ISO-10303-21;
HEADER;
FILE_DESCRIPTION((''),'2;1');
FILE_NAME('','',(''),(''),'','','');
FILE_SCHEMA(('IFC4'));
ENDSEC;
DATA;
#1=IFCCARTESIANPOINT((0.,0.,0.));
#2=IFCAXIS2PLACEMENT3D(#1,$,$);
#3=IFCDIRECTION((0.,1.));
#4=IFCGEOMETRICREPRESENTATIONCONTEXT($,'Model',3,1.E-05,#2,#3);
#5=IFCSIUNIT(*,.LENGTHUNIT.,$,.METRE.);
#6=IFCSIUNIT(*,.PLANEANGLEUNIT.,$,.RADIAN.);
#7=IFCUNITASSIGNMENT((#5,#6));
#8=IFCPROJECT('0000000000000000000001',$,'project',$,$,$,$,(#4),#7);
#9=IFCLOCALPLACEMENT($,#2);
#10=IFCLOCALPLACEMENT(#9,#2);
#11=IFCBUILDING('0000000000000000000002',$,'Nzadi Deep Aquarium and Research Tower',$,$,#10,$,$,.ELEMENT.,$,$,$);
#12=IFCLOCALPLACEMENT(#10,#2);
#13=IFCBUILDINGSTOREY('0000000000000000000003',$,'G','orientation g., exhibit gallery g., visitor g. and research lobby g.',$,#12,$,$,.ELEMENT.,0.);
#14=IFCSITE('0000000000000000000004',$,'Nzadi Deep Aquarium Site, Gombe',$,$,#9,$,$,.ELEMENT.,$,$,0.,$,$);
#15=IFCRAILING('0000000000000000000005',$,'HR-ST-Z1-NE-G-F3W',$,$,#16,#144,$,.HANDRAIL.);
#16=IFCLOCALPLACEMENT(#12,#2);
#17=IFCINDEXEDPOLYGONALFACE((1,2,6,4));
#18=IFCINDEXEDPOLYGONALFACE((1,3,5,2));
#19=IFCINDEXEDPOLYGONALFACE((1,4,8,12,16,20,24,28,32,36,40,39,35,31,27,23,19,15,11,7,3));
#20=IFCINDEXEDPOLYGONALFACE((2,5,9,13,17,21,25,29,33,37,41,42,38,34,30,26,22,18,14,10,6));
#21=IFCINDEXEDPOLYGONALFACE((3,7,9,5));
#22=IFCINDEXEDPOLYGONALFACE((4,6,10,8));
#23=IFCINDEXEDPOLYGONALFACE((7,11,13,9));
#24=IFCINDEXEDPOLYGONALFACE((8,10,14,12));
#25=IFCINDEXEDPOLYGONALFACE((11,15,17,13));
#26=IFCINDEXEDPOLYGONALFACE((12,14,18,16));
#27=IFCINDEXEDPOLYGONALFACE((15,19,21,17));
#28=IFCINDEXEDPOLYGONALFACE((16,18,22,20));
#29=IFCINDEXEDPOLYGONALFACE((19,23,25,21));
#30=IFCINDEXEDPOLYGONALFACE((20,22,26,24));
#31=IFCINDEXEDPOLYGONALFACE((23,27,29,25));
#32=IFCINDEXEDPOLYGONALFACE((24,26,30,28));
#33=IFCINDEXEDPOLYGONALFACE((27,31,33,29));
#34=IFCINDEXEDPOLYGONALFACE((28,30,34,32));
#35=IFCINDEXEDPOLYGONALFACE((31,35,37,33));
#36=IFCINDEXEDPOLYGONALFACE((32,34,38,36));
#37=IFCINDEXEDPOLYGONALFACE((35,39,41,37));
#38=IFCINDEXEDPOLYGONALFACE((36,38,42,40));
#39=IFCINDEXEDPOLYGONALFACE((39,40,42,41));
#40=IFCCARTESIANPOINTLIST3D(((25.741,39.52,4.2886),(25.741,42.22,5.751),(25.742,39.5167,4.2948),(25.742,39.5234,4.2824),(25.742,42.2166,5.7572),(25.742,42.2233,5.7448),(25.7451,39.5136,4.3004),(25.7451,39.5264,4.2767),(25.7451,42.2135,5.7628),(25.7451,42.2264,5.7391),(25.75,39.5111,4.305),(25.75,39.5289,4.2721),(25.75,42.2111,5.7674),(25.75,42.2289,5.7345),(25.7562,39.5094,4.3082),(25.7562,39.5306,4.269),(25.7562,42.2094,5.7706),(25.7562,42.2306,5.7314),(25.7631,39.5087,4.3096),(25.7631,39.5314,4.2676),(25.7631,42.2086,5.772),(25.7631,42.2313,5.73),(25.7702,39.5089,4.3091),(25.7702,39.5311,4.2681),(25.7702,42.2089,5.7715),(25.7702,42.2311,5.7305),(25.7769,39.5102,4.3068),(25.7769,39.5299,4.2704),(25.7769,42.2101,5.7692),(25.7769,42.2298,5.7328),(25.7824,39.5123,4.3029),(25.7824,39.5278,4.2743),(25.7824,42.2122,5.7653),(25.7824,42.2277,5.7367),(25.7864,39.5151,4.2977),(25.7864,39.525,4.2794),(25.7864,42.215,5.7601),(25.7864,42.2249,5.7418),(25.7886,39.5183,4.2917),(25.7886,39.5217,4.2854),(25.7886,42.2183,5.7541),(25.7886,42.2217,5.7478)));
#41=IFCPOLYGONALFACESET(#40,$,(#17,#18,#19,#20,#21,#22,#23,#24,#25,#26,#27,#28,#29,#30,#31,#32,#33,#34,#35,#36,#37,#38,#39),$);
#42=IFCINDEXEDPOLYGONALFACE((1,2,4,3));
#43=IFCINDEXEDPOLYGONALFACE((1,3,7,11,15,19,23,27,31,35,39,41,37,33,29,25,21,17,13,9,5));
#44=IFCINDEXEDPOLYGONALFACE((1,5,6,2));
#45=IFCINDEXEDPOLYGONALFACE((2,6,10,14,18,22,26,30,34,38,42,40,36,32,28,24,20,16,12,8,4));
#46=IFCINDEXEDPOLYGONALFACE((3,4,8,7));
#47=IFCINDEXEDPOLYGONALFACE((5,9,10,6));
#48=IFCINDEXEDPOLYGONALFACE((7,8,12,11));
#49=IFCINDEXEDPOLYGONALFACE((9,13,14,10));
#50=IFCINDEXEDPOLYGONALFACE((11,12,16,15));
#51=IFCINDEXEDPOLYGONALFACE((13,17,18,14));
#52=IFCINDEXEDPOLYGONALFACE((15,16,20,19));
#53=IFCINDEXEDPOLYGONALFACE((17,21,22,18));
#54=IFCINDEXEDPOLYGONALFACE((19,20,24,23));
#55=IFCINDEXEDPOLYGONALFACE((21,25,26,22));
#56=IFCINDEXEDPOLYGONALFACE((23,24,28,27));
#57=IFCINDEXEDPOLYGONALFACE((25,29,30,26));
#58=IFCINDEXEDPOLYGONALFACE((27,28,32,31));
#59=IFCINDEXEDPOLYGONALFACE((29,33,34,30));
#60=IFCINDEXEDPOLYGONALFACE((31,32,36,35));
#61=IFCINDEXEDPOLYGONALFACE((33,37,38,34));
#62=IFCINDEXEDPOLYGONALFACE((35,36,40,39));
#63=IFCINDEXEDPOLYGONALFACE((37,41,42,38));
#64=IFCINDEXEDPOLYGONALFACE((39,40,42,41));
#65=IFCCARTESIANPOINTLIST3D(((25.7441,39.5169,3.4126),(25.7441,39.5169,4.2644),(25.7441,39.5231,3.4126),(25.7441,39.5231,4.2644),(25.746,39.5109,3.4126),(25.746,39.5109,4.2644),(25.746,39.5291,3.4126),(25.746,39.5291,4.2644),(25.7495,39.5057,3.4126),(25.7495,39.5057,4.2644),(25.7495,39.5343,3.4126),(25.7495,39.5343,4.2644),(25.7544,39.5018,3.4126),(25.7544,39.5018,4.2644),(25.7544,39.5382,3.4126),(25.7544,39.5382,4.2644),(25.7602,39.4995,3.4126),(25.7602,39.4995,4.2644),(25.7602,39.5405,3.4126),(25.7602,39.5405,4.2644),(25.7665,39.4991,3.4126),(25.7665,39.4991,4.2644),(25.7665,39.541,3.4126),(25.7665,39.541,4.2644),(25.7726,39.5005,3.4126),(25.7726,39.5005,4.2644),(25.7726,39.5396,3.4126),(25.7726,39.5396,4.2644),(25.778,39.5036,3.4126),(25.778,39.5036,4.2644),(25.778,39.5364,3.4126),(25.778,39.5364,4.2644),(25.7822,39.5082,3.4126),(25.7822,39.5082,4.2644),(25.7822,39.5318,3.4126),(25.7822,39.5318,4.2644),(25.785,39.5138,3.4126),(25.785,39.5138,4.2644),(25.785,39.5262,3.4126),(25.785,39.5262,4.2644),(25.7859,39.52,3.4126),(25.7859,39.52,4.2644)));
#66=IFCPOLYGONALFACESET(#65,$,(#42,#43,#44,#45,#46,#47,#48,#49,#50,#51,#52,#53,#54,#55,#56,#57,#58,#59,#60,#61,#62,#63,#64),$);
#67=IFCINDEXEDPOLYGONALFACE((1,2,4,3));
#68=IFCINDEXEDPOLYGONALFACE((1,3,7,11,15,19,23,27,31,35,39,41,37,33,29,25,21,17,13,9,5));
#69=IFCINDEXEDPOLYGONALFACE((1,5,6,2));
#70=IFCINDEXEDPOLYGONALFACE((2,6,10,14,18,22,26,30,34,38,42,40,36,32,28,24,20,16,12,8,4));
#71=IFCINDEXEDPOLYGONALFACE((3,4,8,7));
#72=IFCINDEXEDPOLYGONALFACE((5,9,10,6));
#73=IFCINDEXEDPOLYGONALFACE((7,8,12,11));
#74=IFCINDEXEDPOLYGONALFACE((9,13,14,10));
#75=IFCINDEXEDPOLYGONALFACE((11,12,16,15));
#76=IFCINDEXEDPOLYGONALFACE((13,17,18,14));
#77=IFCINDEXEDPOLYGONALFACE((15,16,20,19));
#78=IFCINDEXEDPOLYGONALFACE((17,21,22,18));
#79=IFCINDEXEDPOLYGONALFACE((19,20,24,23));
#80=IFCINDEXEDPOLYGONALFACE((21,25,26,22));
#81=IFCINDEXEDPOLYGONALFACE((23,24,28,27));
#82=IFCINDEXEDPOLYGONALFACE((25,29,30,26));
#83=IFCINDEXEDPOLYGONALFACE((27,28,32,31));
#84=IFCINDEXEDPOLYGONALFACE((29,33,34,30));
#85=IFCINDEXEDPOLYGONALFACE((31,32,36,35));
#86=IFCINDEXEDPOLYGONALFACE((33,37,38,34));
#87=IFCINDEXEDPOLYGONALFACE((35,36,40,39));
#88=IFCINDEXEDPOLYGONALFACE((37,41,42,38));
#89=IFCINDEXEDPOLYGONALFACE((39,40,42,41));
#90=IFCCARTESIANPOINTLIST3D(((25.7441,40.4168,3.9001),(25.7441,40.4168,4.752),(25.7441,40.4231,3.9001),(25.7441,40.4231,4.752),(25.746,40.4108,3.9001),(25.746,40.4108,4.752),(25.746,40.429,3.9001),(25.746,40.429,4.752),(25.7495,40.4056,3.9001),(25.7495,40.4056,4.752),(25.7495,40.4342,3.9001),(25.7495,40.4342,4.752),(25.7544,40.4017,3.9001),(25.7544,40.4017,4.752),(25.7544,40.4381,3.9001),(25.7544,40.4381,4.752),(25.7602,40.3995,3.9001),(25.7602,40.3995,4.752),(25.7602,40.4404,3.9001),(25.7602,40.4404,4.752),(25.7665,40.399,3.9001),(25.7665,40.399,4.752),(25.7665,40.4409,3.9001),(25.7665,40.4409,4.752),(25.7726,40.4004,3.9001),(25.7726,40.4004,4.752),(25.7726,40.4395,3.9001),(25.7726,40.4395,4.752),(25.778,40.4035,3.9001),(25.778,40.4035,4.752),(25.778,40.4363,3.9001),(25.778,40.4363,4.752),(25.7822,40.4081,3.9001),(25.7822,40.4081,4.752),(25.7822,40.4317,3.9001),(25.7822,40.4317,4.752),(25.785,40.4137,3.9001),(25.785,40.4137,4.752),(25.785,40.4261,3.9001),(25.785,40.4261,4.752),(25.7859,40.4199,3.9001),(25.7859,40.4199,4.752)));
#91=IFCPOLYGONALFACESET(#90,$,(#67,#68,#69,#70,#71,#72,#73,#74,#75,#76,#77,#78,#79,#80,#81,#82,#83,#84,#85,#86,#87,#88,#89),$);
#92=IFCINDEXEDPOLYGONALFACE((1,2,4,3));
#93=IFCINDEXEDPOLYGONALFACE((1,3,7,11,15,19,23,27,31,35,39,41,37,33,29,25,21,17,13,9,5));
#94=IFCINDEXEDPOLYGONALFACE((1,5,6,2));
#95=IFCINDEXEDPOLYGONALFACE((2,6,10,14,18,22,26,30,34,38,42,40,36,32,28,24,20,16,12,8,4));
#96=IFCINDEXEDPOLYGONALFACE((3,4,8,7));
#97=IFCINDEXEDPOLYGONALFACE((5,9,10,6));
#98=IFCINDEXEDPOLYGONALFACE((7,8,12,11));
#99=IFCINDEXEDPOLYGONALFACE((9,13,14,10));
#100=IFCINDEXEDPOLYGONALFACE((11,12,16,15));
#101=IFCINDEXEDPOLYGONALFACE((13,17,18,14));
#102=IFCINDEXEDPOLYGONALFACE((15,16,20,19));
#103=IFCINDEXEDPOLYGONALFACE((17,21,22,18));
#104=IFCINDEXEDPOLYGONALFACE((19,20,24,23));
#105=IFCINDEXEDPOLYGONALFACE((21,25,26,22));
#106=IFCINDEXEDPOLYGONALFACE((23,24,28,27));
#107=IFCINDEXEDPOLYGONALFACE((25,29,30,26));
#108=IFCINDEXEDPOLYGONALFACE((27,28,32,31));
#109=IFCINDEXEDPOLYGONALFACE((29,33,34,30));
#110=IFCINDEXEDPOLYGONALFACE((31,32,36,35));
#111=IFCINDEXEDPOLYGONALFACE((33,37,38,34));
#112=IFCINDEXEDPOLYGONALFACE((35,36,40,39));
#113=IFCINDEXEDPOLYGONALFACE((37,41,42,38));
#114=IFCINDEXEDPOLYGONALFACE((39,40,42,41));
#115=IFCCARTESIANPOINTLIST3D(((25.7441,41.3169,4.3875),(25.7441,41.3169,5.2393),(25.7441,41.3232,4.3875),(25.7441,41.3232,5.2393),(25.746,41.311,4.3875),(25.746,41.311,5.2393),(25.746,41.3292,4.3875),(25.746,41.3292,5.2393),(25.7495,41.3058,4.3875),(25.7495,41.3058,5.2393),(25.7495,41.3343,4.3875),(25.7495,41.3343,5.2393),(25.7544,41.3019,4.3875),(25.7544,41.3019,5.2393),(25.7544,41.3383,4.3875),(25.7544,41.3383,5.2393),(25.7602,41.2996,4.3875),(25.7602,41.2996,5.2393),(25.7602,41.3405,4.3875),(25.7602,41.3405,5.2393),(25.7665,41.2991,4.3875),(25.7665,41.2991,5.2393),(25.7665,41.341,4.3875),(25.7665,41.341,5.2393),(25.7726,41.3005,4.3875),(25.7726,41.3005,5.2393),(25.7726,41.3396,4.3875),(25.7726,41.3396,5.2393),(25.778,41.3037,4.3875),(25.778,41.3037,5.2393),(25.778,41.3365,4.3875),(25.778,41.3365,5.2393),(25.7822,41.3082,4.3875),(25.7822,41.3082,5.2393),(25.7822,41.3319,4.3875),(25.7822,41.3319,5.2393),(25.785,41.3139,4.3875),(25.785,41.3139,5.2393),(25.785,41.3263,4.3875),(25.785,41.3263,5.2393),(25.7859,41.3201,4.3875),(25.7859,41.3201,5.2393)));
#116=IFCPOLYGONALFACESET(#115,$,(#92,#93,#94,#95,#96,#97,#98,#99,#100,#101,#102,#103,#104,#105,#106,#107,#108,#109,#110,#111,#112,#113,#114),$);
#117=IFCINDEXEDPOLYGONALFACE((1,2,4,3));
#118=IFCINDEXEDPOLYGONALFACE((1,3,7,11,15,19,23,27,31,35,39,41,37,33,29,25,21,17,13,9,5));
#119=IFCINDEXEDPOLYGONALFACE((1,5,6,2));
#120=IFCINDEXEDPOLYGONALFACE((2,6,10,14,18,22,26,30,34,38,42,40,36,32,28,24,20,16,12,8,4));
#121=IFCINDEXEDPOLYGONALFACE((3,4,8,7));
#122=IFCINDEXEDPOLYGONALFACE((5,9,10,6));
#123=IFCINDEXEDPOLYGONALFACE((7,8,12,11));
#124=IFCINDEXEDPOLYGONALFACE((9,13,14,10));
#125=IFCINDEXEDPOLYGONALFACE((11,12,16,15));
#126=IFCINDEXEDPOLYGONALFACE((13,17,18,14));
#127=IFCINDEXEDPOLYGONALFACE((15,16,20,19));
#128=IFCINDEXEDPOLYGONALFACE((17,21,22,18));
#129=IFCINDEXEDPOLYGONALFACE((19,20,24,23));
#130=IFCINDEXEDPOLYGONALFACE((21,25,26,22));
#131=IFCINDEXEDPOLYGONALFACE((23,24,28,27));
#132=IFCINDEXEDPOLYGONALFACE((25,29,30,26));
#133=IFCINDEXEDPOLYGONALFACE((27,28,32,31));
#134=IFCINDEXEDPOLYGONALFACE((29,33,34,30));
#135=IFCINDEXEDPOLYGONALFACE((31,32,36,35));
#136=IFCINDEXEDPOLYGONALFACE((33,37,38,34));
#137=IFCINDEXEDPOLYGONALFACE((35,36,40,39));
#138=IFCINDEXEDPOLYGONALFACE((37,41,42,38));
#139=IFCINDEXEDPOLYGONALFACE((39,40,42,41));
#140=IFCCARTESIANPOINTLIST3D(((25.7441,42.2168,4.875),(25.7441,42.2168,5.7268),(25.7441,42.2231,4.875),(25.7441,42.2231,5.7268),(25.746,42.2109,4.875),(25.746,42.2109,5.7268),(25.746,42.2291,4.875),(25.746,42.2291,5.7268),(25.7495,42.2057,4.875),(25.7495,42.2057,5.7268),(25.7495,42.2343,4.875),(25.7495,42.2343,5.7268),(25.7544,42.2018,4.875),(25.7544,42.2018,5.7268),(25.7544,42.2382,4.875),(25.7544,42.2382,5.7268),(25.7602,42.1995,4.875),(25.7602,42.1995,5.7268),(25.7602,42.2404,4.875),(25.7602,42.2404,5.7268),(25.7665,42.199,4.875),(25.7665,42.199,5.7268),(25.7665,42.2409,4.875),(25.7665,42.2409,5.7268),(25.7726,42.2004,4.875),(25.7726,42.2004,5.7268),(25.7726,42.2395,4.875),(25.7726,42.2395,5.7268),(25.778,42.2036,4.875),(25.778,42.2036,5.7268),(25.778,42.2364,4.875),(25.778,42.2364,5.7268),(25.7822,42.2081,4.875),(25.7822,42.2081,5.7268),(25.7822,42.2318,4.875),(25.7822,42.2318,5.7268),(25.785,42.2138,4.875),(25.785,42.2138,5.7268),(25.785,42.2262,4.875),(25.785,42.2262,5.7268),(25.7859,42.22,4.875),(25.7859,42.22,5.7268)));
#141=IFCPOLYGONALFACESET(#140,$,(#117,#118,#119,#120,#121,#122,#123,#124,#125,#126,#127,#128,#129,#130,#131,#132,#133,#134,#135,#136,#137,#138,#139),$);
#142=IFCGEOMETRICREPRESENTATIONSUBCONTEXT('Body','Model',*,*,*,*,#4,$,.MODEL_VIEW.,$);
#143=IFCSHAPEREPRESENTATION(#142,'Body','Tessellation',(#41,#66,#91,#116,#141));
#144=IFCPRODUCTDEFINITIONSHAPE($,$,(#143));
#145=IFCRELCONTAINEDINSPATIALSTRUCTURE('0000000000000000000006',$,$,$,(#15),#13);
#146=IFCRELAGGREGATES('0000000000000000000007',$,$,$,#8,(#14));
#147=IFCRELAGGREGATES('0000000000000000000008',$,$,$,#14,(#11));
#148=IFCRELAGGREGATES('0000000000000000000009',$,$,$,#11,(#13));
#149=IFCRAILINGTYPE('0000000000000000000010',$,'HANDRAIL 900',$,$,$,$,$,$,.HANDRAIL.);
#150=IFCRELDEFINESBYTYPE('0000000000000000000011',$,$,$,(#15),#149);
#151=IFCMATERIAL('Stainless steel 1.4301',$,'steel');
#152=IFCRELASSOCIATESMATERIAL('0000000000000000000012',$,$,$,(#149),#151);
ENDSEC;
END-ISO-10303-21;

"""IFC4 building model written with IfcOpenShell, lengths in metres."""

from ifc_helpers import new_model, si_unit, direction, frame, origin, origin_2d, place, context, subcontext, project, spatial, circle, extrude, material, type_object, element, save


model = new_model("IFC4")

# Units and contexts
model_context = context("Model", 3, precision=1e-05, world=origin(), true_north=direction((0.0, 1.0)))
body_context = subcontext(model_context, "Body", "Model", "MODEL_VIEW")
ifc_project = project(units=[si_unit("LENGTHUNIT", "METRE"), si_unit("PLANEANGLEUNIT", "RADIAN")], contexts=[model_context])

# Site, building, storey
site_placement = place(None, origin())
site = spatial("IfcSite", under=ifc_project, at=site_placement, Name="Nzadi Deep Aquarium Site, Gombe", CompositionType="ELEMENT", RefElevation=0.0)
building_placement = place(site_placement, origin())
building = spatial("IfcBuilding", under=site, at=building_placement, Name="Nzadi Deep Aquarium and Research Tower", CompositionType="ELEMENT")
storey_placement = place(building_placement, origin())
storey = spatial("IfcBuildingStorey", under=building, at=storey_placement, Name="G", Description="orientation g., exhibit gallery g., visitor g. and research lobby g.", CompositionType="ELEMENT", Elevation=0.0)

# Railing
ifc_material_1 = material(Name="Stainless steel 1.4301", Category="steel")
railing_type = type_object("IfcRailingType", Name="HANDRAIL 900", PredefinedType="HANDRAIL", material=ifc_material_1)
railing_1_placement = place(storey_placement, frame((25.7649, 39.52, 3.4126)))
element("IfcRailing", 1, at=railing_1_placement, inside=storey, type_object=railing_type, Name="HR-ST-Z1-NE-G-F3W", PredefinedType="HANDRAIL", context=body_context, shape_type="SweptSolid", body=[
    extrude(circle(Radius=0.0239, at=origin_2d()), frame((0.0, 0.0, 0.876), z_axis=(0.0, 0.879302, 0.476265), x_axis=(-1.0, 0.0, 0.0)), (0.0, 0.0, 1.0), 3.0706),
    extrude(circle(Radius=0.021, at=origin_2d()), origin(), (0.0, 0.0, 1.0), 0.8518),
    extrude(circle(Radius=0.021, at=origin_2d()), frame((0.0, 0.8999, 0.4875)), (0.0, 0.0, 1.0), 0.8518),
    extrude(circle(Radius=0.021, at=origin_2d()), frame((0.0, 1.8, 0.9749)), (0.0, 0.0, 1.0), 0.8518),
    extrude(circle(Radius=0.021, at=origin_2d()), frame((0.0, 2.7, 1.4624)), (0.0, 0.0, 1.0), 0.8518),
])

save(model, "model.ifc")
